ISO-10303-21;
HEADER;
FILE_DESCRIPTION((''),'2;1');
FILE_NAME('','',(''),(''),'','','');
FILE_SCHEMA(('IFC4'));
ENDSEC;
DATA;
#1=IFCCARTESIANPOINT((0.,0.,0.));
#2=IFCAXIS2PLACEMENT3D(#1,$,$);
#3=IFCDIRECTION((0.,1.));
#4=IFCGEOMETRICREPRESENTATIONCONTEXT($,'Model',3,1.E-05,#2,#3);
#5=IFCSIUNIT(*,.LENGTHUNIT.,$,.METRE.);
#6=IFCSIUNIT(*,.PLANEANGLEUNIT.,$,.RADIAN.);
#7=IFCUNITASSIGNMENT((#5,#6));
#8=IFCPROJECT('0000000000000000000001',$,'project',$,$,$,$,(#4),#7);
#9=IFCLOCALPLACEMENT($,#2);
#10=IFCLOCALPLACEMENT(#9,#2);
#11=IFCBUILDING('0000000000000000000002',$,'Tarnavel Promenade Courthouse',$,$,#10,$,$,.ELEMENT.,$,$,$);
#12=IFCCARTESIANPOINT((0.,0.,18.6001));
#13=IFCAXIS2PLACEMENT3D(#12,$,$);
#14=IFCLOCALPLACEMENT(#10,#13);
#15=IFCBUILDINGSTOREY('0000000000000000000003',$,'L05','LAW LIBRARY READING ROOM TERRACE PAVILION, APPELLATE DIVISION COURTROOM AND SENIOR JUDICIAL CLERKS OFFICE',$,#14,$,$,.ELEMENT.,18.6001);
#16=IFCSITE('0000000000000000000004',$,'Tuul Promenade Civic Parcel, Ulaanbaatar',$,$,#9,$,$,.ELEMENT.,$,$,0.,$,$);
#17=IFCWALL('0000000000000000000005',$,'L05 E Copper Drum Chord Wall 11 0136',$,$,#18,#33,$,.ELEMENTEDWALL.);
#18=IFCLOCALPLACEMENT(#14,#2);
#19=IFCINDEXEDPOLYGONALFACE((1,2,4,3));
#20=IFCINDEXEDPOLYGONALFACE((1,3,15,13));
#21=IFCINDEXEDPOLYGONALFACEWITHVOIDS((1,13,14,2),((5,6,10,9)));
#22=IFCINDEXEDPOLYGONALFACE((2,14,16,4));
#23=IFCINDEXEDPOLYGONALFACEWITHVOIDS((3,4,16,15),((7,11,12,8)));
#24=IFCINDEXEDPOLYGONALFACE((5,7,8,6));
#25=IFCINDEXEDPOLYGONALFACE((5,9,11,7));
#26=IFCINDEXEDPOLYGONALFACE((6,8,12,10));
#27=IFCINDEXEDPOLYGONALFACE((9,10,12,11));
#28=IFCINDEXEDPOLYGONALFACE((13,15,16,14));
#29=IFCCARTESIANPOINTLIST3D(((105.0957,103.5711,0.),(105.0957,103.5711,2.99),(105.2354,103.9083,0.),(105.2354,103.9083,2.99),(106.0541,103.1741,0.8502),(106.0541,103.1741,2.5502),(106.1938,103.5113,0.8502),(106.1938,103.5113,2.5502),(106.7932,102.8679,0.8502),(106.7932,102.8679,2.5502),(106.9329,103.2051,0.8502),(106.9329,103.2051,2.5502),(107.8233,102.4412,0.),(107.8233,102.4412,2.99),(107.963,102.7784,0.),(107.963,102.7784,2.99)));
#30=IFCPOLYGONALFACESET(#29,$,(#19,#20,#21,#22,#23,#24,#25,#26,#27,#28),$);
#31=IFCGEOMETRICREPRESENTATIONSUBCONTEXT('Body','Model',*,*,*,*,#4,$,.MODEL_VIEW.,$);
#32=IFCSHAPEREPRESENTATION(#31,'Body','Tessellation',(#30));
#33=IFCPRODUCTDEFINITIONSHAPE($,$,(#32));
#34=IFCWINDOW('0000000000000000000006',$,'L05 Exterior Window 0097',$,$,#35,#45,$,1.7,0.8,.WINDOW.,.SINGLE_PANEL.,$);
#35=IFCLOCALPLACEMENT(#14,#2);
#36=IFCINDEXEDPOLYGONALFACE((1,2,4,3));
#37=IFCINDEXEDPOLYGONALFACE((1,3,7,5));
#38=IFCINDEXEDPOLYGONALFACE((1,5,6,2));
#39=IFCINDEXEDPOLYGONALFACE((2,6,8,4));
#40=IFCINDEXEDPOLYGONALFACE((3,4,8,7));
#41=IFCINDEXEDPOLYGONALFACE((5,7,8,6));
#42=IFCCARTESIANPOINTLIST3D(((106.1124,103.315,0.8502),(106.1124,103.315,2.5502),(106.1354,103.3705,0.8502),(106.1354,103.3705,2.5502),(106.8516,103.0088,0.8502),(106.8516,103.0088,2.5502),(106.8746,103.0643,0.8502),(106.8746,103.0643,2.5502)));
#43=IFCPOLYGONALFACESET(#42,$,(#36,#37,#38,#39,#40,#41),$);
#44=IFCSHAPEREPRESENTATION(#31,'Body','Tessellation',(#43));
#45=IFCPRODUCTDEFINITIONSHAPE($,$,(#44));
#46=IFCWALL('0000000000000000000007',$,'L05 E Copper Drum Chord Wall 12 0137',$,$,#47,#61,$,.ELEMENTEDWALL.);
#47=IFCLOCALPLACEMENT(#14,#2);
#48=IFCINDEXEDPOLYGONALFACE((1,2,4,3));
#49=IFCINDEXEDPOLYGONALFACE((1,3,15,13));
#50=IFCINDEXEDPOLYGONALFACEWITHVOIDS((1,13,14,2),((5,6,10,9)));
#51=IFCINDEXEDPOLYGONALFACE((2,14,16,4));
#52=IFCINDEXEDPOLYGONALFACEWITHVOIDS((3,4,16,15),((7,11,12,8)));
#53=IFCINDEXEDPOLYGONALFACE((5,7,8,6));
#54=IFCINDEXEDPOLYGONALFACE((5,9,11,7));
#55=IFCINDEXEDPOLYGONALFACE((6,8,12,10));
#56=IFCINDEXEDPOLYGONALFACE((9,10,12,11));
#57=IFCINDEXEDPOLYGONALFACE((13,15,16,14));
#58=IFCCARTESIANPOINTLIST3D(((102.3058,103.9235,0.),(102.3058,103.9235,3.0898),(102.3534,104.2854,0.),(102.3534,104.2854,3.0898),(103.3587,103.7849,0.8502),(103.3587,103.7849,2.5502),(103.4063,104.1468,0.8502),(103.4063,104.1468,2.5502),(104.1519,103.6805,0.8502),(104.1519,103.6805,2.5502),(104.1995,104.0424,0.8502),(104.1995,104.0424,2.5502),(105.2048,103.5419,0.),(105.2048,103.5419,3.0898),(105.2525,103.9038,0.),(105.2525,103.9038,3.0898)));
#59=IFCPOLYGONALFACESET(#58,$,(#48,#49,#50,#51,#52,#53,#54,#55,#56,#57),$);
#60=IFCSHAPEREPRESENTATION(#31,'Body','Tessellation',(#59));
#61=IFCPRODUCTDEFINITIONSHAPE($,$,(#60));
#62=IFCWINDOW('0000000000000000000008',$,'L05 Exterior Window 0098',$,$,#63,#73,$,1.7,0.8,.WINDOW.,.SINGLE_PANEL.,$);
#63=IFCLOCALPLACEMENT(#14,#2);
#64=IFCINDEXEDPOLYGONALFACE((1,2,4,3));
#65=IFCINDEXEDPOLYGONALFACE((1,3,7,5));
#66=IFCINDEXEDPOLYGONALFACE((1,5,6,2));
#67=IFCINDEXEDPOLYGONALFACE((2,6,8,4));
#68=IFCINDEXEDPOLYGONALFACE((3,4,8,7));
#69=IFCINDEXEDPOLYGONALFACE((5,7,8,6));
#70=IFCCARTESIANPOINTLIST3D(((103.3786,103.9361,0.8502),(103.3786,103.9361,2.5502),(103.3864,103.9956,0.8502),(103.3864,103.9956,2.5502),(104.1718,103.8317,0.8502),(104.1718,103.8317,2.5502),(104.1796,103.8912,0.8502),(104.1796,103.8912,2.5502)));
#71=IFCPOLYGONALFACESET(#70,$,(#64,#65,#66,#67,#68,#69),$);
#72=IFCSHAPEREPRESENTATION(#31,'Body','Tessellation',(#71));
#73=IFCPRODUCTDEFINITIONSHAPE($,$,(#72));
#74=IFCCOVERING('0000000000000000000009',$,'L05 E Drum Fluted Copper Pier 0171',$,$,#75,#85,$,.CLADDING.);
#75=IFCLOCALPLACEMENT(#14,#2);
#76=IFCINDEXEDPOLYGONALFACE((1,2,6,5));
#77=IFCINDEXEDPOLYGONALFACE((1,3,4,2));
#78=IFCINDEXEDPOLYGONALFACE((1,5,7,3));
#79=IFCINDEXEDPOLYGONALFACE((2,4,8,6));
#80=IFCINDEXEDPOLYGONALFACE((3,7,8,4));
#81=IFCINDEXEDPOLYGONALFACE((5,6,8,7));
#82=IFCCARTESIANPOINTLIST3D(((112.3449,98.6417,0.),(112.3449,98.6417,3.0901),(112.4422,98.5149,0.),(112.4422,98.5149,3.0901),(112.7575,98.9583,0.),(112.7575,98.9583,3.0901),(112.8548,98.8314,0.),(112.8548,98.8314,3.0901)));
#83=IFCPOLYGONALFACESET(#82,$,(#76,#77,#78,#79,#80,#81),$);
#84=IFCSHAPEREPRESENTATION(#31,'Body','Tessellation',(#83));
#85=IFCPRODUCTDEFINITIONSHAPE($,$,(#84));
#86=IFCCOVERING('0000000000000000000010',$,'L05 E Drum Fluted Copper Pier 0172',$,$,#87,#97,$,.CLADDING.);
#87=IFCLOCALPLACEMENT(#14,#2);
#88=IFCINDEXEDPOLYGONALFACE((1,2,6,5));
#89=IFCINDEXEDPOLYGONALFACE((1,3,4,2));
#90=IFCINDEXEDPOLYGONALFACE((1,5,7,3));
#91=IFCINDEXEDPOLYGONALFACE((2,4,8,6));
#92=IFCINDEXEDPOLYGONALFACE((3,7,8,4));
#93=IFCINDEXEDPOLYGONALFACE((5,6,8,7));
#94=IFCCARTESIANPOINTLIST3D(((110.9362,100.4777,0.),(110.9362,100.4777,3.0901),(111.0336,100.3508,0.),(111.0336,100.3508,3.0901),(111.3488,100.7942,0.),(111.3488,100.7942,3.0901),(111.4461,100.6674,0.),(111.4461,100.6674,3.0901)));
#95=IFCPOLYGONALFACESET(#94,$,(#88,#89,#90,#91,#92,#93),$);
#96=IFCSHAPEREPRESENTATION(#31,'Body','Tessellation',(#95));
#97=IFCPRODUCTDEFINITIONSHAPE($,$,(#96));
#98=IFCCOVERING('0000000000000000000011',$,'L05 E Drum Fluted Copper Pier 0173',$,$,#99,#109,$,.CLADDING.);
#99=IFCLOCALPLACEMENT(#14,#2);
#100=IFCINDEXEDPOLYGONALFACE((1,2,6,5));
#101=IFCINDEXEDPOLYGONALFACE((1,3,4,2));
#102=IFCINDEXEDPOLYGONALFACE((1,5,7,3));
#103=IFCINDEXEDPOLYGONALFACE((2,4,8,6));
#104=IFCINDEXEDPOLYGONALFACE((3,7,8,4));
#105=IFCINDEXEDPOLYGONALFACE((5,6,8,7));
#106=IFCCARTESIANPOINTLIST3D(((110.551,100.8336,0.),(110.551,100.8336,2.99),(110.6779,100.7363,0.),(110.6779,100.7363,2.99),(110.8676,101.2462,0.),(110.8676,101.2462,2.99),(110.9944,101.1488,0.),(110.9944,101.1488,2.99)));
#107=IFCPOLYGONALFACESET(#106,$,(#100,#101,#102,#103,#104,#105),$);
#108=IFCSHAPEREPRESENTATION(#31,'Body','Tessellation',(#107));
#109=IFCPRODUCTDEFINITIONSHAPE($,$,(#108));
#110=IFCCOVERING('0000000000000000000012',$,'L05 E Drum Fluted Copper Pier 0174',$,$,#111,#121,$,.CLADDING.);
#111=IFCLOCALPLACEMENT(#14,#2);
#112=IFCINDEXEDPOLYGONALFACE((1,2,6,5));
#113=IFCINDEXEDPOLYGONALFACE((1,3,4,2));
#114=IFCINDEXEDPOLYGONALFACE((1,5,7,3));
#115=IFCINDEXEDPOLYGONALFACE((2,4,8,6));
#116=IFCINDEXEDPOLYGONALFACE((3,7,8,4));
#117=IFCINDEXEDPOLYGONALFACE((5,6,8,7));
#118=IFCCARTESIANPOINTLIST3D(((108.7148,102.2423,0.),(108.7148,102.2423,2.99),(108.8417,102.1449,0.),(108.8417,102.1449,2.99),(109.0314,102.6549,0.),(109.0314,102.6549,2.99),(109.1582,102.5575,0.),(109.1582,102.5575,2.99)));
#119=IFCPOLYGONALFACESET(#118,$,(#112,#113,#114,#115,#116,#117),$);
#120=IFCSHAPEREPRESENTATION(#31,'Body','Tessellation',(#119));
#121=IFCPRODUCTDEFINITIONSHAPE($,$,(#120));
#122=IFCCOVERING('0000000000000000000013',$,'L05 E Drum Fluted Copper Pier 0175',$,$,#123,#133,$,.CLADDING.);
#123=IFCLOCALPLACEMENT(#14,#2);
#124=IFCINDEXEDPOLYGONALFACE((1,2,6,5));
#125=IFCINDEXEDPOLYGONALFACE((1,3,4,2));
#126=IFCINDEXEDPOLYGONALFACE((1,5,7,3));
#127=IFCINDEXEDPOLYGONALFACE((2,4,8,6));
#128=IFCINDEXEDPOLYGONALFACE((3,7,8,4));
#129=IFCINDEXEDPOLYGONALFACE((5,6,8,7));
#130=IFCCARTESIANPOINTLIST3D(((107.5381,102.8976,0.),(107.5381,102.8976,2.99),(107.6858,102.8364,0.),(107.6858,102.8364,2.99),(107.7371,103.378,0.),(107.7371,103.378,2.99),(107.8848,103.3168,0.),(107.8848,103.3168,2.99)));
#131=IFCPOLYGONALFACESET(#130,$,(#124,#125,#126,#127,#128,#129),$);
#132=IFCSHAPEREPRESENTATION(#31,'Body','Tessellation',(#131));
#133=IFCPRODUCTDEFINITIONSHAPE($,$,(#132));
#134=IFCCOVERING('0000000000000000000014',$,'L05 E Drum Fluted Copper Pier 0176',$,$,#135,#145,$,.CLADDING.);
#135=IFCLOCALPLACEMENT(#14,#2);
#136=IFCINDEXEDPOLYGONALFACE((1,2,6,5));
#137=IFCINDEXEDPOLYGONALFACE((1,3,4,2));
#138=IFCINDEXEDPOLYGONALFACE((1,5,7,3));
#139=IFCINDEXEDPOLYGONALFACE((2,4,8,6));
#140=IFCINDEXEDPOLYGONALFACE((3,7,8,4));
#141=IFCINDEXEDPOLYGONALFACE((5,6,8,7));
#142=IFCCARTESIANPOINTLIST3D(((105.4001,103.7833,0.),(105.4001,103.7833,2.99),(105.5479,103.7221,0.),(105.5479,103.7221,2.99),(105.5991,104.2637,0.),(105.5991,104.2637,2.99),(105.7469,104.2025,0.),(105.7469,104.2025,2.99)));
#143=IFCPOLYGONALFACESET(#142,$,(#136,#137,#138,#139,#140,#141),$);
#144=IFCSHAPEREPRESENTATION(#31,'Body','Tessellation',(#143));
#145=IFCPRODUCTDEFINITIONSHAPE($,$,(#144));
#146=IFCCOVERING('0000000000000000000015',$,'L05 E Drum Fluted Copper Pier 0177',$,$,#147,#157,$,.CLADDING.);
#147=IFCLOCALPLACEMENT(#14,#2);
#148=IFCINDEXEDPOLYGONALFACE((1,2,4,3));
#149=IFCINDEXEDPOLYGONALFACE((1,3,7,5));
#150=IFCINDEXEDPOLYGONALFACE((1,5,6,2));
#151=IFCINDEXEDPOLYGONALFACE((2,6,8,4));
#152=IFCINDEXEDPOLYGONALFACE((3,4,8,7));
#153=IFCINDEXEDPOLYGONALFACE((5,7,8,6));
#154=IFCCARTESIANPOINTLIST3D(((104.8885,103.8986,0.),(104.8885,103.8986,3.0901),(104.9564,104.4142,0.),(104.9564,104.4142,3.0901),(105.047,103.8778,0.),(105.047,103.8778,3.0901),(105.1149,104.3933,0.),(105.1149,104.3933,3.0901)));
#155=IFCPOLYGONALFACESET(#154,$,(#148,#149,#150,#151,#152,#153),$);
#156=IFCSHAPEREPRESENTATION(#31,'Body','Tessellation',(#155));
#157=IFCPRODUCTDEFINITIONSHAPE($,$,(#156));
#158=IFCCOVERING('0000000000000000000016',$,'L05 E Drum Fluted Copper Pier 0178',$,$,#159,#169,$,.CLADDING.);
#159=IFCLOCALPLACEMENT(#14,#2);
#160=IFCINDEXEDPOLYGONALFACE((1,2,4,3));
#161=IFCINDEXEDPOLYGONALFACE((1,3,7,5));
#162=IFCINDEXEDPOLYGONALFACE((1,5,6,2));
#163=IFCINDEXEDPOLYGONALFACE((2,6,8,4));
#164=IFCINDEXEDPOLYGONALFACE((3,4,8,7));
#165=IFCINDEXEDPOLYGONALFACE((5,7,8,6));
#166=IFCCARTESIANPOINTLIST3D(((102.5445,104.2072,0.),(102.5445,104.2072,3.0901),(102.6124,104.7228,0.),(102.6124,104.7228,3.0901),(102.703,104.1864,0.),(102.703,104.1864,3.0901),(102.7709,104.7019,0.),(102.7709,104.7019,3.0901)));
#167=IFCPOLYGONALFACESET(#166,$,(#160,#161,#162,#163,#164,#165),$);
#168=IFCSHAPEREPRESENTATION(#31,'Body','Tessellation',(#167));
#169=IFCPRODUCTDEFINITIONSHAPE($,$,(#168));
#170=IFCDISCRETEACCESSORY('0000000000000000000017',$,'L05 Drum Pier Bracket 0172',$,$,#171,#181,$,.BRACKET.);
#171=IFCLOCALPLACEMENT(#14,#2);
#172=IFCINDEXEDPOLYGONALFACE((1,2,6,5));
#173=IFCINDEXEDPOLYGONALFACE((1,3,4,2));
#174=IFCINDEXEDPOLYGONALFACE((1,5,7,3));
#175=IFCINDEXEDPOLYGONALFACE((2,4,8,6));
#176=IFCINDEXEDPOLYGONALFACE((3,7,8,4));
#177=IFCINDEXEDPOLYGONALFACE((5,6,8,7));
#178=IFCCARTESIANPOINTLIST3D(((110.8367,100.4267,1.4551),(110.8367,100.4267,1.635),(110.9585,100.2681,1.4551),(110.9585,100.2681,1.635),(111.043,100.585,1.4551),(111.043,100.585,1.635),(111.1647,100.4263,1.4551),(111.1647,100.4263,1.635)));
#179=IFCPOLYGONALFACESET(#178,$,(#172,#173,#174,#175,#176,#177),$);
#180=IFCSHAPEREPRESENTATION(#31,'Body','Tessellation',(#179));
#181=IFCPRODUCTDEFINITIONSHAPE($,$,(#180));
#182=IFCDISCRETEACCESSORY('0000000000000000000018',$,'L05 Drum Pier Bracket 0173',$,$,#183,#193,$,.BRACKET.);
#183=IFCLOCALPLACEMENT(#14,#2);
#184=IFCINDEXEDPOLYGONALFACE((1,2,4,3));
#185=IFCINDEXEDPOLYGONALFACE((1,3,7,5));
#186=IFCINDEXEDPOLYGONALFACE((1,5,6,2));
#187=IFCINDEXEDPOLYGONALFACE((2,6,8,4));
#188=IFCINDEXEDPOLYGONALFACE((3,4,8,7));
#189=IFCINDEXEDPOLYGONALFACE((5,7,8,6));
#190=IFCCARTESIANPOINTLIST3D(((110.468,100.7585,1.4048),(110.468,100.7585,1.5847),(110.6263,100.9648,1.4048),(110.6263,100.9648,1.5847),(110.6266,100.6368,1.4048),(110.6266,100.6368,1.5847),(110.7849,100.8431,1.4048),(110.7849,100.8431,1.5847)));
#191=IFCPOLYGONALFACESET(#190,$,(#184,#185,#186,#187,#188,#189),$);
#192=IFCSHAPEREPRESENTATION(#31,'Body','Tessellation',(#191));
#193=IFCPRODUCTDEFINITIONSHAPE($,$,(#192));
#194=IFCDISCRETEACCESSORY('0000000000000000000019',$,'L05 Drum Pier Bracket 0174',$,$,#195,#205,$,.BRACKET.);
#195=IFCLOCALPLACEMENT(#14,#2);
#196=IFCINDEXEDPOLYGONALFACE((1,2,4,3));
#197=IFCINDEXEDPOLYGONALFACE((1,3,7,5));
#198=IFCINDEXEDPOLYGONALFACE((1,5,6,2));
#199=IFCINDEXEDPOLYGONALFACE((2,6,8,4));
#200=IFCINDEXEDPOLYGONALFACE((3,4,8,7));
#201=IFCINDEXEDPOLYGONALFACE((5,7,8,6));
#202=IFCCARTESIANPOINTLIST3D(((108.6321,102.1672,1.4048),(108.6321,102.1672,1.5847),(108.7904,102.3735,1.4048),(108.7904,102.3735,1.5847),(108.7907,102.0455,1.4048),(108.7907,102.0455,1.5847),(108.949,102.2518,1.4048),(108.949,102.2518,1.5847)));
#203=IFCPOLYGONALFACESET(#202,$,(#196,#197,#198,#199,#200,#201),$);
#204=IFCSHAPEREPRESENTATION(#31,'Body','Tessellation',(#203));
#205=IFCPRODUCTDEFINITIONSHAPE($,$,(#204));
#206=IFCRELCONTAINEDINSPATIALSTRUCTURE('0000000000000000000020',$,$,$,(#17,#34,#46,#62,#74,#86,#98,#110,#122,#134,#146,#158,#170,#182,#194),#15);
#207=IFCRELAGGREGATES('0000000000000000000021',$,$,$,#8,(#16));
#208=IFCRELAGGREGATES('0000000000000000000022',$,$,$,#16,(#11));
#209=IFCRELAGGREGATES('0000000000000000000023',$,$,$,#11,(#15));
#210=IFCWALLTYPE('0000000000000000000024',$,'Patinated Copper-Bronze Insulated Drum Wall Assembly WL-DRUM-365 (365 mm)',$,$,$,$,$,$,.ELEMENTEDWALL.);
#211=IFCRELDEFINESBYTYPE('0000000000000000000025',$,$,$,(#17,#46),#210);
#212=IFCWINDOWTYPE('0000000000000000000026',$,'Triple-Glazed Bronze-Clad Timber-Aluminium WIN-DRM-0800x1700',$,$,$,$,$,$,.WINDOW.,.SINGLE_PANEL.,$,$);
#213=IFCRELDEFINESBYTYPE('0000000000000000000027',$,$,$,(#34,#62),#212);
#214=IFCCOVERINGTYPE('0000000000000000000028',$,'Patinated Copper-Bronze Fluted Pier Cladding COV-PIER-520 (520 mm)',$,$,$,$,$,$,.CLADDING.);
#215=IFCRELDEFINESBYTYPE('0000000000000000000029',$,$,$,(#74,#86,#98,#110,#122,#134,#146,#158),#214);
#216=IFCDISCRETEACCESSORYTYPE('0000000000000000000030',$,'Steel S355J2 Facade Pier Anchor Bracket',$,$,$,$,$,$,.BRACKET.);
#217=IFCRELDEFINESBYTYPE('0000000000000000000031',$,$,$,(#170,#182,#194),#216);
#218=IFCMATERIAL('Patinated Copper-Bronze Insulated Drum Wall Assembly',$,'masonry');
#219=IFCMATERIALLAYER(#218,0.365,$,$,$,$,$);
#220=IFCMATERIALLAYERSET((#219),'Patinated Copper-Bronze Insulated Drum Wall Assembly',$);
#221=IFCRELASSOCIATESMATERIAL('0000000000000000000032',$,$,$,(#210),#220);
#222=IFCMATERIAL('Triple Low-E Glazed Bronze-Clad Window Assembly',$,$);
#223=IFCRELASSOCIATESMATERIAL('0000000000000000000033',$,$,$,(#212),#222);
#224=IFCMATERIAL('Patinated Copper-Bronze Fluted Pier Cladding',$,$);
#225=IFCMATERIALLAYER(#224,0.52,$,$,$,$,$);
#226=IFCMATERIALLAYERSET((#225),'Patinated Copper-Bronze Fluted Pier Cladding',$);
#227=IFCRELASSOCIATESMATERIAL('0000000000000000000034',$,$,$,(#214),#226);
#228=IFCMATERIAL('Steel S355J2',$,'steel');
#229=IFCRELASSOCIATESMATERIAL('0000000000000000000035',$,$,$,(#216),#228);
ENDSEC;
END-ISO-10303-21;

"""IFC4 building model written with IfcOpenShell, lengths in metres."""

from ifc_helpers import new_model, si_unit, direction, frame, frame_2d, origin, origin_2d, place, context, subcontext, project, spatial, rectangle, extrude, material, layer, layer_set, type_object, element, fill, save


model = new_model("IFC4")

# Units and contexts
model_context = context("Model", 3, precision=1e-05, world=origin(), true_north=direction((0.0, 1.0)))
body_context = subcontext(model_context, "Body", "Model", "MODEL_VIEW")
ifc_project = project(units=[si_unit("LENGTHUNIT", "METRE"), si_unit("PLANEANGLEUNIT", "RADIAN")], contexts=[model_context])

# Site, building, storey
site_placement = place(None, origin())
site = spatial("IfcSite", under=ifc_project, at=site_placement, Name="Tuul Promenade Civic Parcel, Ulaanbaatar", CompositionType="ELEMENT", RefElevation=0.0)
building_placement = place(site_placement, origin())
building = spatial("IfcBuilding", under=site, at=building_placement, Name="Tarnavel Promenade Courthouse", CompositionType="ELEMENT")
storey_placement = place(building_placement, frame((0.0, 0.0, 18.6001)))
storey = spatial("IfcBuildingStorey", under=building, at=storey_placement, Name="L05", Description="LAW LIBRARY READING ROOM TERRACE PAVILION, APPELLATE DIVISION COURTROOM AND SENIOR JUDICIAL CLERKS OFFICE", CompositionType="ELEMENT", Elevation=18.6001)

# Shared definitions
ifc_material_1 = material(Name="Steel S355J2", Category="steel")

# Walls, openings, windows
ifc_material_2 = material(Name="Patinated Copper-Bronze Insulated Drum Wall Assembly", Category="masonry")
ifc_layer_1 = layer(ifc_material_2, 0.365)
ifc_layer_set_1 = layer_set([ifc_layer_1], Name="Patinated Copper-Bronze Insulated Drum Wall Assembly")
wall_type_1 = type_object("IfcWallType", Name="Patinated Copper-Bronze Insulated Drum Wall Assembly WL-DRUM-365 (365 mm)", PredefinedType="ELEMENTEDWALL", material=ifc_layer_set_1)
ifc_material_3 = material(Name="Triple Low-E Glazed Bronze-Clad Window Assembly")
window_type = type_object("IfcWindowType", Name="Triple-Glazed Bronze-Clad Timber-Aluminium WIN-DRM-0800x1700", PartitioningType="SINGLE_PANEL", PredefinedType="WINDOW", material=ifc_material_3)
wall_1_placement = place(storey_placement, frame((107.8931, 102.6099, 0.0), z_axis=(0.0, 0.0, 1.0), x_axis=(-0.923868, 0.382712, 0.0)))
wall_1 = element("IfcWall", 1, at=wall_1_placement, inside=storey, type_object=wall_type_1, Name="L05 E Copper Drum Chord Wall 11 0136", PredefinedType="ELEMENTEDWALL", context=body_context, shape_type="SweptSolid", body=[
    extrude(rectangle(XDim=2.9524, YDim=0.365, at=frame_2d((1.4761, 0.0))), origin(), (0.0, 0.0, 1.0), 2.99),
])
opening_1_placement = place(wall_1_placement, frame((1.115, 0.0, 0.8501)))
opening_1 = element("IfcOpeningElement", 2, at=opening_1_placement, cuts=wall_1, PredefinedType="OPENING", context=body_context, shape_type="SweptSolid", body=[
    extrude(rectangle(XDim=0.8, YDim=1.7, at=frame_2d((0.3999, 0.8501))), frame((0.0, 0.1924, 0.0), z_axis=(0.0, -1.0, 0.0), x_axis=(1.0, 0.0, 0.0)), (0.0, 0.0, 1.0), 0.385),
])
window_1_placement = place(opening_1_placement, origin())
window_1 = element("IfcWindow", 3, at=window_1_placement, inside=storey, type_object=window_type, Name="L05 Exterior Window 0097", OverallHeight=1.7, OverallWidth=0.8, PartitioningType="SINGLE_PANEL", PredefinedType="WINDOW", context=body_context, shape_type="SweptSolid", body=[
    extrude(rectangle(XDim=0.8, YDim=1.7, at=frame_2d((0.3999, 0.8501))), frame((0.0, 0.03, 0.0), z_axis=(0.0, -1.0, 0.0), x_axis=(1.0, 0.0, 0.0)), (0.0, 0.0, 1.0), 0.0601),
])
fill(opening_1, window_1)
wall_2_placement = place(storey_placement, frame((105.2285, 103.7229, 0.0), z_axis=(0.0, 0.0, 1.0), x_axis=(-0.991449, 0.130496, 0.0)))
wall_2 = element("IfcWall", 4, at=wall_2_placement, inside=storey, type_object=wall_type_1, Name="L05 E Copper Drum Chord Wall 12 0137", PredefinedType="ELEMENTEDWALL", context=body_context, shape_type="SweptSolid", body=[
    extrude(rectangle(XDim=2.9241, YDim=0.365, at=frame_2d((1.4619, 0.0))), origin(), (0.0, 0.0, 1.0), 3.0898),
])
opening_2_placement = place(wall_2_placement, frame((1.062, 0.0, 0.8501)))
opening_2 = element("IfcOpeningElement", 5, at=opening_2_placement, cuts=wall_2, PredefinedType="OPENING", context=body_context, shape_type="SweptSolid", body=[
    extrude(rectangle(XDim=0.8, YDim=1.7, at=frame_2d((0.3999, 0.8501))), frame((0.0, 0.1924, 0.0), z_axis=(0.0, -1.0, 0.0), x_axis=(1.0, 0.0, 0.0)), (0.0, 0.0, 1.0), 0.385),
])
window_2_placement = place(opening_2_placement, origin())
window_2 = element("IfcWindow", 6, at=window_2_placement, inside=storey, type_object=window_type, Name="L05 Exterior Window 0098", OverallHeight=1.7, OverallWidth=0.8, PartitioningType="SINGLE_PANEL", PredefinedType="WINDOW", context=body_context, shape_type="SweptSolid", body=[
    extrude(rectangle(XDim=0.8, YDim=1.7, at=frame_2d((0.3999, 0.8501))), frame((0.0, 0.03, 0.0), z_axis=(0.0, -1.0, 0.0), x_axis=(1.0, 0.0, 0.0)), (0.0, 0.0, 1.0), 0.0601),
])
fill(opening_2, window_2)

# Coverings
ifc_material_4 = material(Name="Patinated Copper-Bronze Fluted Pier Cladding")
ifc_layer_2 = layer(ifc_material_4, 0.52)
ifc_layer_set_2 = layer_set([ifc_layer_2], Name="Patinated Copper-Bronze Fluted Pier Cladding")
covering_type = type_object("IfcCoveringType", Name="Patinated Copper-Bronze Fluted Pier Cladding COV-PIER-520 (520 mm)", PredefinedType="CLADDING", material=ifc_layer_set_2)
for number, where, z_axis, x_axis, name in (
    (7, (112.5999, 98.7366, 0.0), (0.0, 0.0, 1.0), (-0.608761, 0.793353, 0.0), "L05 E Drum Fluted Copper Pier 0171"),
    (8, (111.1912, 100.5725, 0.0), (0.0, 0.0, 1.0), (-0.608761, 0.793353, 0.0), "L05 E Drum Fluted Copper Pier 0172"),
):
    element("IfcCovering", number, at=place(storey_placement, frame(where, z_axis=z_axis, x_axis=x_axis)), inside=storey, type_object=covering_type, Name=name, PredefinedType="CLADDING", context=body_context, shape_type="SweptSolid", body=[
        extrude(rectangle(XDim=0.1599, YDim=0.52, at=origin_2d()), origin(), (0.0, 0.0, 1.0), 3.0901),
    ])
for number, where, z_axis, x_axis, name in (
    (9, (110.7727, 100.9912, 0.0), (0.0, 0.0, 1.0), (-0.793353, 0.608761, 0.0), "L05 E Drum Fluted Copper Pier 0173"),
    (10, (108.9365, 102.3999, 0.0), (0.0, 0.0, 1.0), (-0.793353, 0.608761, 0.0), "L05 E Drum Fluted Copper Pier 0174"),
    (11, (107.7114, 103.1072, 0.0), (0.0, 0.0, 1.0), (-0.92388, 0.382683, 0.0), "L05 E Drum Fluted Copper Pier 0175"),
    (12, (105.5735, 103.9929, 0.0), (0.0, 0.0, 1.0), (-0.92388, 0.382683, 0.0), "L05 E Drum Fluted Copper Pier 0176"),
):
    element("IfcCovering", number, at=place(storey_placement, frame(where, z_axis=z_axis, x_axis=x_axis)), inside=storey, type_object=covering_type, Name=name, PredefinedType="CLADDING", context=body_context, shape_type="SweptSolid", body=[
        extrude(rectangle(XDim=0.1599, YDim=0.52, at=origin_2d()), origin(), (0.0, 0.0, 1.0), 2.99),
    ])
for number, where, z_axis, x_axis, name in (
    (13, (105.0017, 104.146, 0.0), (0.0, 0.0, 1.0), (-0.991445, 0.130526, 0.0), "L05 E Drum Fluted Copper Pier 0177"),
    (14, (102.6577, 104.4546, 0.0), (0.0, 0.0, 1.0), (-0.991445, 0.130526, 0.0), "L05 E Drum Fluted Copper Pier 0178"),
):
    element("IfcCovering", number, at=place(storey_placement, frame(where, z_axis=z_axis, x_axis=x_axis)), inside=storey, type_object=covering_type, Name=name, PredefinedType="CLADDING", context=body_context, shape_type="SweptSolid", body=[
        extrude(rectangle(XDim=0.1599, YDim=0.52, at=origin_2d()), origin(), (0.0, 0.0, 1.0), 3.0901),
    ])

# Discrete accessories
discrete_accessory_type = type_object("IfcDiscreteAccessoryType", Name="Steel S355J2 Facade Pier Anchor Bracket", PredefinedType="BRACKET", material=ifc_material_1)
for number, where, z_axis, x_axis, name in (
    (15, (111.0007, 100.4265, 1.4551), (0.0, 0.0, 1.0), (-0.608761, 0.793353, 0.0), "L05 Drum Pier Bracket 0172"),
    (16, (110.6265, 100.8008, 1.4048), (0.0, 0.0, 1.0), (-0.793353, 0.608761, 0.0), "L05 Drum Pier Bracket 0173"),
    (17, (108.7905, 102.2095, 1.4048), (0.0, 0.0, 1.0), (-0.793353, 0.608761, 0.0), "L05 Drum Pier Bracket 0174"),
):
    element("IfcDiscreteAccessory", number, at=place(storey_placement, frame(where, z_axis=z_axis, x_axis=x_axis)), inside=storey, type_object=discrete_accessory_type, Name=name, PredefinedType="BRACKET", context=body_context, shape_type="SweptSolid", body=[
        extrude(rectangle(XDim=0.2, YDim=0.26, at=origin_2d()), origin(), (0.0, 0.0, 1.0), 0.1799),
    ])

save(model, "model.ifc")
